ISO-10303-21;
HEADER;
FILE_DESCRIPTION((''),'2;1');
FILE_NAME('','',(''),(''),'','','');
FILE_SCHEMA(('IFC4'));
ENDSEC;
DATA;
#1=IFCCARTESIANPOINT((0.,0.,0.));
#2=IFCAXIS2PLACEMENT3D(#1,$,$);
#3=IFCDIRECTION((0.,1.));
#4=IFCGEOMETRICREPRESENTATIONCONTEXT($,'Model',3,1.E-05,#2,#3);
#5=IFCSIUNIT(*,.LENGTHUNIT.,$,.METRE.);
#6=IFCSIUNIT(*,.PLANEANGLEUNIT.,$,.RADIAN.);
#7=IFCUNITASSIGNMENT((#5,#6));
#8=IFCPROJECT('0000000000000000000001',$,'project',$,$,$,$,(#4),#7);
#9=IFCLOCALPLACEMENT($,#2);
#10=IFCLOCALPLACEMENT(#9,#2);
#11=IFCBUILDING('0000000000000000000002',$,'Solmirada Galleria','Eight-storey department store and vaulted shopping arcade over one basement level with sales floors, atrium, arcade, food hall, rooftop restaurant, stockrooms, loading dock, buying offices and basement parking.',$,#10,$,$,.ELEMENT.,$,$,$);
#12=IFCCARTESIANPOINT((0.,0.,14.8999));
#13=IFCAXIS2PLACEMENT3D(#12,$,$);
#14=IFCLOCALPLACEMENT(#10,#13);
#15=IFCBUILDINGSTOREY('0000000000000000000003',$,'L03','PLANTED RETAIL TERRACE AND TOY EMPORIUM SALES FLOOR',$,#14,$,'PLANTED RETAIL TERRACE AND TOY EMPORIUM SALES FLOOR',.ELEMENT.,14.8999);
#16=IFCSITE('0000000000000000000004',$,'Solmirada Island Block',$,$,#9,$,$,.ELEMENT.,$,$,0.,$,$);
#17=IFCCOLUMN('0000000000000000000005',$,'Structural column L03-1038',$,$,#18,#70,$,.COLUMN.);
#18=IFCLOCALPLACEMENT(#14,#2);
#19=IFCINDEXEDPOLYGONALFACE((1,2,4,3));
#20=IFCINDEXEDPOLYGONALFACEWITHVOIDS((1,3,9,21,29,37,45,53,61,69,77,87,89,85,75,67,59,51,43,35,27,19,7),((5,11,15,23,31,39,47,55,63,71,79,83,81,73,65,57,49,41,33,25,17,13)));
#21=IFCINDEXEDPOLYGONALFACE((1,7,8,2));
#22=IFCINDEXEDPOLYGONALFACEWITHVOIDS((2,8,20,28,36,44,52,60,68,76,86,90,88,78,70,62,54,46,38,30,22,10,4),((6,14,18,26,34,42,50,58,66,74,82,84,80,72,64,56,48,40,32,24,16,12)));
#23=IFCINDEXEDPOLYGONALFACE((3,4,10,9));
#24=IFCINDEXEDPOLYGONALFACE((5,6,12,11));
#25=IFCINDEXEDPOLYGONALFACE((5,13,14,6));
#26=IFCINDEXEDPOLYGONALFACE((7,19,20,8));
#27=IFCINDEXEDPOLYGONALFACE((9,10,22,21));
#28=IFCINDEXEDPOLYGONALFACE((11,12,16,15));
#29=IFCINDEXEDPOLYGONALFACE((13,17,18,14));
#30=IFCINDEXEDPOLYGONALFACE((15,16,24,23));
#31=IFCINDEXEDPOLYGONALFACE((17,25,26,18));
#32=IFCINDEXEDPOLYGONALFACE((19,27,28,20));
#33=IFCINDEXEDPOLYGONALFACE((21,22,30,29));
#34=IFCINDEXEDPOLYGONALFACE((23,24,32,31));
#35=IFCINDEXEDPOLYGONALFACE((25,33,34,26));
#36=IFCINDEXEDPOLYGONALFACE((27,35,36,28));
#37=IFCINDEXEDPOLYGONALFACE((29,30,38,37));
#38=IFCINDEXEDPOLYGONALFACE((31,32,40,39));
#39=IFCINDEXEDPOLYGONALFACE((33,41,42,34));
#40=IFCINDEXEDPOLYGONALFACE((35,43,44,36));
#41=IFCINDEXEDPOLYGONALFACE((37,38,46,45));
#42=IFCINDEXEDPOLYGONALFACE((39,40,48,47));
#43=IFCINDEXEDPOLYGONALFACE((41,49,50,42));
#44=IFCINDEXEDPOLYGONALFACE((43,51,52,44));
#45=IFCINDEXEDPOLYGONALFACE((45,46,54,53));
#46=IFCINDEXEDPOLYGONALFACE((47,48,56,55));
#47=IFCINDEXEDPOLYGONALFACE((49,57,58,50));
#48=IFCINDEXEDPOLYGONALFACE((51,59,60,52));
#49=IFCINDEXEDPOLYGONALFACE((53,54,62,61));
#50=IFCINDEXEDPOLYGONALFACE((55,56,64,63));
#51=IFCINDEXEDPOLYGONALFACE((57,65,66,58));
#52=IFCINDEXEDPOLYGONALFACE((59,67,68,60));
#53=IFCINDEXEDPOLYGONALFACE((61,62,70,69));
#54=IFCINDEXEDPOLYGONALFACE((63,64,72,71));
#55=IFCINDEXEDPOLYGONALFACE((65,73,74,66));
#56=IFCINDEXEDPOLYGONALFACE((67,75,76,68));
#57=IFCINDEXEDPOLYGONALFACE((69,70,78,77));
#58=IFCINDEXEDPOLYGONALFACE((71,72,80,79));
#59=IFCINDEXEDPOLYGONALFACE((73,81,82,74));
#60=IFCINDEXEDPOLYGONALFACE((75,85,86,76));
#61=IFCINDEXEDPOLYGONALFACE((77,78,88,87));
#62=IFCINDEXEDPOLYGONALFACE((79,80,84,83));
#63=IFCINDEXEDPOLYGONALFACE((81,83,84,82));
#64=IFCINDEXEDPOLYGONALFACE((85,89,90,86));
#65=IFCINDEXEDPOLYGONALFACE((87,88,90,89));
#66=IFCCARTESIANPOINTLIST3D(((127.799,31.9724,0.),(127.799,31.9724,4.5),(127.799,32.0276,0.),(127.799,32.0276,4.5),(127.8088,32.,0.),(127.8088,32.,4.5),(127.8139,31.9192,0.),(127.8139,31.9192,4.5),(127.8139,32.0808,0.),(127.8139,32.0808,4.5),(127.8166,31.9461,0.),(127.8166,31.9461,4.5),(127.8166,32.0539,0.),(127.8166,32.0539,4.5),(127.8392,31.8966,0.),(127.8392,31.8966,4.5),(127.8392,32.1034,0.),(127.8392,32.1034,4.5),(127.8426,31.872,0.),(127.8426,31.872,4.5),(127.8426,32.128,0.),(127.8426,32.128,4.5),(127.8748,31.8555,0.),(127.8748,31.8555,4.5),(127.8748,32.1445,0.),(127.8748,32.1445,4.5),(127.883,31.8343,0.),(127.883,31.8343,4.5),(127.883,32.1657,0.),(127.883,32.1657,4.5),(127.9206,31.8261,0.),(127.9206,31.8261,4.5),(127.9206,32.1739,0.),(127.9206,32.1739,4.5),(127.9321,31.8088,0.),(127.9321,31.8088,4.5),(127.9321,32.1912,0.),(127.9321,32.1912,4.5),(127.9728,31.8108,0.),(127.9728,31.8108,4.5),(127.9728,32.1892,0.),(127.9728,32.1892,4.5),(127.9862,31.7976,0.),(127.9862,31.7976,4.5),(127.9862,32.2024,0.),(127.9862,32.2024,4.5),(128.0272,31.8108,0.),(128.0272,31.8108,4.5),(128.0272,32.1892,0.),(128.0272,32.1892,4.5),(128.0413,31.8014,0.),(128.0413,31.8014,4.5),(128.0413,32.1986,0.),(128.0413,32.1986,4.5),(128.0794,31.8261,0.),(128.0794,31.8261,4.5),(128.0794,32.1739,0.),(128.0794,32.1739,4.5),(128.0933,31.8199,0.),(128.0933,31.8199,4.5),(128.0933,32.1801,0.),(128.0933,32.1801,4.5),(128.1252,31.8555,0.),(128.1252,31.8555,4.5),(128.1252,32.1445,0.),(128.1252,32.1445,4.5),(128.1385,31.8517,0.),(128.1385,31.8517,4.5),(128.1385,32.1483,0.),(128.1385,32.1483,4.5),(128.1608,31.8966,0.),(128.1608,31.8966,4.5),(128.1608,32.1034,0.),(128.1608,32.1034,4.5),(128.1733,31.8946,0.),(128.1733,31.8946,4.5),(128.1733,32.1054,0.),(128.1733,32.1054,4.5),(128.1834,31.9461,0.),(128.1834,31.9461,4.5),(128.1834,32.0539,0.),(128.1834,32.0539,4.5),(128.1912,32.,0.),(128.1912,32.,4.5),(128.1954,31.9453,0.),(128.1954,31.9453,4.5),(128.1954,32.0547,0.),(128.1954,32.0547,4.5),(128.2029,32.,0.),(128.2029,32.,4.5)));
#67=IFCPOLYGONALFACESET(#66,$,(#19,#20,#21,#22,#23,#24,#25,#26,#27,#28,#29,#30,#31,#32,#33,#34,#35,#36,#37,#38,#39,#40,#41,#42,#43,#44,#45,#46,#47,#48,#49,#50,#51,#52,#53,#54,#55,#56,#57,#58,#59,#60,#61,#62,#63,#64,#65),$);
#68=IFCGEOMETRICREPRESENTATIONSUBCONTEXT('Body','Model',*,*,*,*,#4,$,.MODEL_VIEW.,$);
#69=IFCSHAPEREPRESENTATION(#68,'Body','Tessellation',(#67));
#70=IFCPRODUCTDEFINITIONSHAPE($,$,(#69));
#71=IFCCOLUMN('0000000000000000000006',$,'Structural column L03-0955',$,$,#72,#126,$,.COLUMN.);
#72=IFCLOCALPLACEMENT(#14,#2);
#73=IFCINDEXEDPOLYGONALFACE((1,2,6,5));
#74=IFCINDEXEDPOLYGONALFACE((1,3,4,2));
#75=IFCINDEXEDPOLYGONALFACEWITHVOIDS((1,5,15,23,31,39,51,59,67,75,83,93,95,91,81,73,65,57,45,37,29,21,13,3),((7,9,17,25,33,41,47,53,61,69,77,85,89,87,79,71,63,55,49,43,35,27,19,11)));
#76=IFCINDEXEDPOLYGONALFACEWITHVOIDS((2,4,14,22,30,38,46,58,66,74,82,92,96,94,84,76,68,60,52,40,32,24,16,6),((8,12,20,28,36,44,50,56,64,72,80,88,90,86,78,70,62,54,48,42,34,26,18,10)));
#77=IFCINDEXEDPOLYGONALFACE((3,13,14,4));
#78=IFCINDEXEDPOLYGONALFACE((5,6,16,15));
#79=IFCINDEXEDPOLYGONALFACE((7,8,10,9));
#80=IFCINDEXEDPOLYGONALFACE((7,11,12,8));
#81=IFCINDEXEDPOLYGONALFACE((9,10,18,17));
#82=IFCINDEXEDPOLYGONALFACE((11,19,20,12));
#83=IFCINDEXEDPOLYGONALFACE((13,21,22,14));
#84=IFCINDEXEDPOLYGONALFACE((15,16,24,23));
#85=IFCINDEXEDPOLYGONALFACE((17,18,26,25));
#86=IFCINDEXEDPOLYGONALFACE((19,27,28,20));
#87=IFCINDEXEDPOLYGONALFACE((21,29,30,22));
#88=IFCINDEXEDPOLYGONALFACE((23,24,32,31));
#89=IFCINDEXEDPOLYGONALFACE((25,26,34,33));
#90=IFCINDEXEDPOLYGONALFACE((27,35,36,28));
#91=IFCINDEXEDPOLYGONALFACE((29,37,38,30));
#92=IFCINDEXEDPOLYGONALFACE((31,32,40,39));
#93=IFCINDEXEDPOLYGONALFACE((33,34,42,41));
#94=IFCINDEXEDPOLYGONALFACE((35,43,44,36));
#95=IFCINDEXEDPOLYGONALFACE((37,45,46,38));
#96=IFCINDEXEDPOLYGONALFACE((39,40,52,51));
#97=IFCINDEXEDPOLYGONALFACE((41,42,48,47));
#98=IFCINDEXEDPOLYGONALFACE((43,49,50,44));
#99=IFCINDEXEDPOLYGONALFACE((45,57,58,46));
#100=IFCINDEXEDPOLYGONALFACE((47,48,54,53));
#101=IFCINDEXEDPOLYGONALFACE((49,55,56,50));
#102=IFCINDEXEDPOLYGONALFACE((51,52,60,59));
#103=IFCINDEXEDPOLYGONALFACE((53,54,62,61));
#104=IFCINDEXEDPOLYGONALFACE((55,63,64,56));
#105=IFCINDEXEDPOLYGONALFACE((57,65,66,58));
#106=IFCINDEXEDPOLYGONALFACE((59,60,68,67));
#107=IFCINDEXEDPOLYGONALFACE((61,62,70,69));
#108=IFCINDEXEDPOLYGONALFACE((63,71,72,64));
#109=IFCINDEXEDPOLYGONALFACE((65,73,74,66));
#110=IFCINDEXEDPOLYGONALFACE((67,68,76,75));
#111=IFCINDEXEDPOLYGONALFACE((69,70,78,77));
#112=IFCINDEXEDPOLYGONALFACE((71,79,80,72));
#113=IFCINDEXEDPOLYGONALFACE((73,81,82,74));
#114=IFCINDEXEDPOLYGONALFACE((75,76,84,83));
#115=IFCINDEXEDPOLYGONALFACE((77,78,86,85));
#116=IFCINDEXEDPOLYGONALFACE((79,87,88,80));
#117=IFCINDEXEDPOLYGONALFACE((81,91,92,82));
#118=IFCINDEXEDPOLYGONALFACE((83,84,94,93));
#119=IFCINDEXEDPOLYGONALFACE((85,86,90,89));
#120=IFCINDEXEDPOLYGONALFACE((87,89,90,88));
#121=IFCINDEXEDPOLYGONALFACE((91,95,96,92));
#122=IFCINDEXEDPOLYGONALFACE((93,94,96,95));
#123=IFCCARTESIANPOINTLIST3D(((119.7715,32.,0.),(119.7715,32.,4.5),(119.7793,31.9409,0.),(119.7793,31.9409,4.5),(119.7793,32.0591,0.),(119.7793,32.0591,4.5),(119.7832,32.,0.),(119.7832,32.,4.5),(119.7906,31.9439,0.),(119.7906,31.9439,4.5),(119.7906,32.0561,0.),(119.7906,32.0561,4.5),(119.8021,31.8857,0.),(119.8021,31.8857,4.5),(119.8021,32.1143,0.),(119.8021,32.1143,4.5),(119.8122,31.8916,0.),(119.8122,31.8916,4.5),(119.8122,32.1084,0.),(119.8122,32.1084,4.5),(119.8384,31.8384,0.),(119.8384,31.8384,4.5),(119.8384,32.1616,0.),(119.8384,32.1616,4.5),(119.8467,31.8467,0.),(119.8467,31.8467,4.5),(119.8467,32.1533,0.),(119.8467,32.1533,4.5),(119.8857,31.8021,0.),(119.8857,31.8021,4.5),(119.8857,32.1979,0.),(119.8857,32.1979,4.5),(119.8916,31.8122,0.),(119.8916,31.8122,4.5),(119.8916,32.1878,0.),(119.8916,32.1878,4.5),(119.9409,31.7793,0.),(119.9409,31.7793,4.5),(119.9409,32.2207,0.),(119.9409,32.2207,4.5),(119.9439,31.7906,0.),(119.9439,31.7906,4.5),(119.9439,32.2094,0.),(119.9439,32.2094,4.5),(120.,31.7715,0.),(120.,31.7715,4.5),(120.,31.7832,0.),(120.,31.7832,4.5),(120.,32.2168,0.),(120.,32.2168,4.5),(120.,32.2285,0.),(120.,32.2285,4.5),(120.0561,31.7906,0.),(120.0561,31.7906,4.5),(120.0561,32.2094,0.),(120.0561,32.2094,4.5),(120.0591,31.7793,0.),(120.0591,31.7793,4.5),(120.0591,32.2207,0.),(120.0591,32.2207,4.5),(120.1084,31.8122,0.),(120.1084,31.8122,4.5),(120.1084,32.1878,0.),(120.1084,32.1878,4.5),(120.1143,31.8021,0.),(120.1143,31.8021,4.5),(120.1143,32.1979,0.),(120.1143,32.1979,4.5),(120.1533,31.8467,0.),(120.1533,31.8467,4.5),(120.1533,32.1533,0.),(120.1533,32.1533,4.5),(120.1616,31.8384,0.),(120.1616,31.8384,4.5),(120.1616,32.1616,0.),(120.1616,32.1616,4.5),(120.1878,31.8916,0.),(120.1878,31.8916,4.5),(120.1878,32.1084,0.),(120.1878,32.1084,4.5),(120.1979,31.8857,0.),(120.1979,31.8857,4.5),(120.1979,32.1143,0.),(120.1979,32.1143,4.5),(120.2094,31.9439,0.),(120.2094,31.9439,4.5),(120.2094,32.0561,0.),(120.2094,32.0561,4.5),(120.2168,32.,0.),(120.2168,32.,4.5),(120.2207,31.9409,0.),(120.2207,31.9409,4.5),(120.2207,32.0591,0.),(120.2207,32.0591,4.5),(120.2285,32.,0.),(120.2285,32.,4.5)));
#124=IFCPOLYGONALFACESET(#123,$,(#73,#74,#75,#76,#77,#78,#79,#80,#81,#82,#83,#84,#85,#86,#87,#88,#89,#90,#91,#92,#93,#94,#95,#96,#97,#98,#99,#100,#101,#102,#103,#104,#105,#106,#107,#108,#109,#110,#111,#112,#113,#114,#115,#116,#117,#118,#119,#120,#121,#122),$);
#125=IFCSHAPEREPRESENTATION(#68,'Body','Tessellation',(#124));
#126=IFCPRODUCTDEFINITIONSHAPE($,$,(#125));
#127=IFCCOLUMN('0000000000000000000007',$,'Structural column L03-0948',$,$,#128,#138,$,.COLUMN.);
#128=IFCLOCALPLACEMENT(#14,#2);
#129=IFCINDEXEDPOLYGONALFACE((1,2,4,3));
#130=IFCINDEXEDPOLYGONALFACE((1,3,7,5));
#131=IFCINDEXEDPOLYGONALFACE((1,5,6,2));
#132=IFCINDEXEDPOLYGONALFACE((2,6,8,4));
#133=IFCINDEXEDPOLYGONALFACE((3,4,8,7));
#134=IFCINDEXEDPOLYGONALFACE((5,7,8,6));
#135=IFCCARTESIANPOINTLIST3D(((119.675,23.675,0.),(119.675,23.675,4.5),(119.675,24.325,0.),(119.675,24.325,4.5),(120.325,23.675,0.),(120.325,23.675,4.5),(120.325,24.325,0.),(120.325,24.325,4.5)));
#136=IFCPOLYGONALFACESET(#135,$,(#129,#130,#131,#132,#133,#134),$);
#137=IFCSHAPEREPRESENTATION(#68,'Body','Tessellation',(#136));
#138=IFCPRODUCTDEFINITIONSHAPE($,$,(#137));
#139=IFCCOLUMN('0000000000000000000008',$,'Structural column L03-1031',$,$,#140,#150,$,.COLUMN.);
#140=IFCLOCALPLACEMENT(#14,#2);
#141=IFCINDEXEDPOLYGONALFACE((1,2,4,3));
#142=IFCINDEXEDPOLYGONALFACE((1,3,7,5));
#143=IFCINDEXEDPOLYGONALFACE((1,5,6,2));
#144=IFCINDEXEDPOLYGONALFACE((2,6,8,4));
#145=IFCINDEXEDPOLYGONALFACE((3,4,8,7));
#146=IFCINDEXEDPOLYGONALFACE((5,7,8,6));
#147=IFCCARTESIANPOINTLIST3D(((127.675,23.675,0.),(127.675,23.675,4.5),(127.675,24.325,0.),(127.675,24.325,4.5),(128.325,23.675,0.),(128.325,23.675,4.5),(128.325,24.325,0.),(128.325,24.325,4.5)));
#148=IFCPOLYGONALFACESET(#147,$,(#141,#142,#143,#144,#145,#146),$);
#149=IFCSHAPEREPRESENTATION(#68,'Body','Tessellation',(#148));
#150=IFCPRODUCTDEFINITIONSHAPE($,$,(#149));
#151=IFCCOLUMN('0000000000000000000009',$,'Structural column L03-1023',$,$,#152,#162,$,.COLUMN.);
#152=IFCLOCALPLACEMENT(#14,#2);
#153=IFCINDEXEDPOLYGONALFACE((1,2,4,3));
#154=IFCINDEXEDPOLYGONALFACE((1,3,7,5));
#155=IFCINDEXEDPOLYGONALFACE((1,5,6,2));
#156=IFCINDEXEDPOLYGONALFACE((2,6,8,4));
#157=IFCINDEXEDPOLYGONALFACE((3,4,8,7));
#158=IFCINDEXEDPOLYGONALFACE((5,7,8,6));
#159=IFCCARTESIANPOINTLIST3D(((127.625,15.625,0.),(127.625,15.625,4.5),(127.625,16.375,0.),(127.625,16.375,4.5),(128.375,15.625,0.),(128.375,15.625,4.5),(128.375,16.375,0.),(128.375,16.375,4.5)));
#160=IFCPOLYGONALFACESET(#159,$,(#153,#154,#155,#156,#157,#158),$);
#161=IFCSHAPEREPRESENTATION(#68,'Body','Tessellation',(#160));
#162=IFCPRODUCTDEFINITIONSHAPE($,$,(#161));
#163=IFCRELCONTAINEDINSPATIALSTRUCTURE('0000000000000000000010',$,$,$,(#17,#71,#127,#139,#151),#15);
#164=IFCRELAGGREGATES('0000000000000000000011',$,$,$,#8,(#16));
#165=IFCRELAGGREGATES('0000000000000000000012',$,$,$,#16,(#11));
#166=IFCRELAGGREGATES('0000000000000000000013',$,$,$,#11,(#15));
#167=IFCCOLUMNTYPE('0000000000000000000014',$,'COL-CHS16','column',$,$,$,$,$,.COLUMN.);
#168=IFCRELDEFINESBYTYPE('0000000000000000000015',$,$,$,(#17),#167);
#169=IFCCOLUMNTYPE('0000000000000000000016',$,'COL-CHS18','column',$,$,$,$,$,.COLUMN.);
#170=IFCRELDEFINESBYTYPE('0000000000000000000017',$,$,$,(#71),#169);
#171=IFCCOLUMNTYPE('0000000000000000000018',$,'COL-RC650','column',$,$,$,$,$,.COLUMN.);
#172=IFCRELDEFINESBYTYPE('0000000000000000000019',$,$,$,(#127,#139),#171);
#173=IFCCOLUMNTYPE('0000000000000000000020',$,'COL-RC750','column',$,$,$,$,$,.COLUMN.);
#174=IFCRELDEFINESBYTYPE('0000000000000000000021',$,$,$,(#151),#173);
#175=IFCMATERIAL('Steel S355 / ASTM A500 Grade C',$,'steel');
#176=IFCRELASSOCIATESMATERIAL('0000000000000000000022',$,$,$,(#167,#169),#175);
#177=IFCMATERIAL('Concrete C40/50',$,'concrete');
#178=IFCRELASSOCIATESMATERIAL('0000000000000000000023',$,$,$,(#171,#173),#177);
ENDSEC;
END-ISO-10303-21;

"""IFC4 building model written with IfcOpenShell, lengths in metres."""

from ifc_helpers import new_model, si_unit, direction, frame, origin, origin_2d, place, context, subcontext, project, spatial, rectangle, hollow_circle, extrude, material, material_profile, profile_set, type_object, element, save


model = new_model("IFC4")

# Units and contexts
model_context = context("Model", 3, precision=1e-05, world=origin(), true_north=direction((0.0, 1.0)))
body_context = subcontext(model_context, "Body", "Model", "MODEL_VIEW")
ifc_project = project(units=[si_unit("LENGTHUNIT", "METRE"), si_unit("PLANEANGLEUNIT", "RADIAN")], contexts=[model_context])

# Site, building, storey
site_placement = place(None, origin())
site = spatial("IfcSite", under=ifc_project, at=site_placement, Name="Solmirada Island Block", CompositionType="ELEMENT", RefElevation=0.0)
building_placement = place(site_placement, origin())
building = spatial("IfcBuilding", under=site, at=building_placement, Name="Solmirada Galleria", Description="Eight-storey department store and vaulted shopping arcade over one basement level with sales floors, atrium, arcade, food hall, rooftop restaurant, stockrooms, loading dock, buying offices and basement parking.", CompositionType="ELEMENT")
storey_placement = place(building_placement, frame((0.0, 0.0, 14.8999)))
storey = spatial("IfcBuildingStorey", under=building, at=storey_placement, Name="L03", Description="PLANTED RETAIL TERRACE AND TOY EMPORIUM SALES FLOOR", LongName="PLANTED RETAIL TERRACE AND TOY EMPORIUM SALES FLOOR", CompositionType="ELEMENT", Elevation=14.8999)

# Columns
ifc_material_1 = material(Name="Steel S355 / ASTM A500 Grade C", Category="steel")
ifc_material_profile_1 = material_profile(ifc_material_1, hollow_circle(Radius=0.2029, WallThickness=0.0117, at=origin_2d()), Name="HSS16.000X0.500")
ifc_profile_set_1 = profile_set([ifc_material_profile_1], Name="Steel S355 / ASTM A500 Grade C")
column_type_1 = type_object("IfcColumnType", Name="COL-CHS16", Description="column", PredefinedType="COLUMN", material=ifc_profile_set_1)
column_1_placement = place(storey_placement, frame((128.0, 32.0, 0.0), z_axis=(0.0, 0.0, 1.0), x_axis=(1.0, 0.0, 0.0)))
element("IfcColumn", 1, at=column_1_placement, inside=storey, type_object=column_type_1, Name="Structural column L03-1038", PredefinedType="COLUMN", context=body_context, shape_type="SweptSolid", body=[
    extrude(hollow_circle(Radius=0.2029, WallThickness=0.0117, at=origin_2d()), origin(), (0.0, 0.0, 1.0), 4.5),
])
ifc_material_profile_2 = material_profile(ifc_material_1, hollow_circle(Radius=0.2285, WallThickness=0.0117, at=origin_2d()), Name="HSS18.000X0.500")
ifc_profile_set_2 = profile_set([ifc_material_profile_2], Name="Steel S355 / ASTM A500 Grade C")
column_type_2 = type_object("IfcColumnType", Name="COL-CHS18", Description="column", PredefinedType="COLUMN", material=ifc_profile_set_2)
column_2_placement = place(storey_placement, frame((120.0, 32.0, 0.0), z_axis=(0.0, 0.0, 1.0), x_axis=(1.0, 0.0, 0.0)))
element("IfcColumn", 2, at=column_2_placement, inside=storey, type_object=column_type_2, Name="Structural column L03-0955", PredefinedType="COLUMN", context=body_context, shape_type="SweptSolid", body=[
    extrude(hollow_circle(Radius=0.2285, WallThickness=0.0117, at=origin_2d()), origin(), (0.0, 0.0, 1.0), 4.5),
])
ifc_material_2 = material(Name="Concrete C40/50", Category="concrete")
ifc_material_profile_3 = material_profile(ifc_material_2, rectangle(XDim=0.6499, YDim=0.6499, at=origin_2d()), Name="RC650X650")
ifc_profile_set_3 = profile_set([ifc_material_profile_3], Name="Concrete C40/50")
column_type_3 = type_object("IfcColumnType", Name="COL-RC650", Description="column", PredefinedType="COLUMN", material=ifc_profile_set_3)
for number, where, z_axis, x_axis, name in (
    (3, (120.0, 24.0, 0.0), (0.0, 0.0, 1.0), (1.0, 0.0, 0.0), "Structural column L03-0948"),
    (4, (128.0, 24.0, 0.0), (0.0, 0.0, 1.0), (1.0, 0.0, 0.0), "Structural column L03-1031"),
):
    element("IfcColumn", number, at=place(storey_placement, frame(where, z_axis=z_axis, x_axis=x_axis)), inside=storey, type_object=column_type_3, Name=name, PredefinedType="COLUMN", context=body_context, shape_type="SweptSolid", body=[
        extrude(rectangle(XDim=0.6499, YDim=0.6499, at=origin_2d()), origin(), (0.0, 0.0, 1.0), 4.5),
    ])
ifc_material_profile_4 = material_profile(ifc_material_2, rectangle(XDim=0.75, YDim=0.75, at=origin_2d()), Name="RC750X750")
ifc_profile_set_4 = profile_set([ifc_material_profile_4], Name="Concrete C40/50")
column_type_4 = type_object("IfcColumnType", Name="COL-RC750", Description="column", PredefinedType="COLUMN", material=ifc_profile_set_4)
column_3_placement = place(storey_placement, frame((128.0, 16.0, 0.0), z_axis=(0.0, 0.0, 1.0), x_axis=(1.0, 0.0, 0.0)))
element("IfcColumn", 5, at=column_3_placement, inside=storey, type_object=column_type_4, Name="Structural column L03-1023", PredefinedType="COLUMN", context=body_context, shape_type="SweptSolid", body=[
    extrude(rectangle(XDim=0.75, YDim=0.75, at=origin_2d()), origin(), (0.0, 0.0, 1.0), 4.5),
])

save(model, "model.ifc")
